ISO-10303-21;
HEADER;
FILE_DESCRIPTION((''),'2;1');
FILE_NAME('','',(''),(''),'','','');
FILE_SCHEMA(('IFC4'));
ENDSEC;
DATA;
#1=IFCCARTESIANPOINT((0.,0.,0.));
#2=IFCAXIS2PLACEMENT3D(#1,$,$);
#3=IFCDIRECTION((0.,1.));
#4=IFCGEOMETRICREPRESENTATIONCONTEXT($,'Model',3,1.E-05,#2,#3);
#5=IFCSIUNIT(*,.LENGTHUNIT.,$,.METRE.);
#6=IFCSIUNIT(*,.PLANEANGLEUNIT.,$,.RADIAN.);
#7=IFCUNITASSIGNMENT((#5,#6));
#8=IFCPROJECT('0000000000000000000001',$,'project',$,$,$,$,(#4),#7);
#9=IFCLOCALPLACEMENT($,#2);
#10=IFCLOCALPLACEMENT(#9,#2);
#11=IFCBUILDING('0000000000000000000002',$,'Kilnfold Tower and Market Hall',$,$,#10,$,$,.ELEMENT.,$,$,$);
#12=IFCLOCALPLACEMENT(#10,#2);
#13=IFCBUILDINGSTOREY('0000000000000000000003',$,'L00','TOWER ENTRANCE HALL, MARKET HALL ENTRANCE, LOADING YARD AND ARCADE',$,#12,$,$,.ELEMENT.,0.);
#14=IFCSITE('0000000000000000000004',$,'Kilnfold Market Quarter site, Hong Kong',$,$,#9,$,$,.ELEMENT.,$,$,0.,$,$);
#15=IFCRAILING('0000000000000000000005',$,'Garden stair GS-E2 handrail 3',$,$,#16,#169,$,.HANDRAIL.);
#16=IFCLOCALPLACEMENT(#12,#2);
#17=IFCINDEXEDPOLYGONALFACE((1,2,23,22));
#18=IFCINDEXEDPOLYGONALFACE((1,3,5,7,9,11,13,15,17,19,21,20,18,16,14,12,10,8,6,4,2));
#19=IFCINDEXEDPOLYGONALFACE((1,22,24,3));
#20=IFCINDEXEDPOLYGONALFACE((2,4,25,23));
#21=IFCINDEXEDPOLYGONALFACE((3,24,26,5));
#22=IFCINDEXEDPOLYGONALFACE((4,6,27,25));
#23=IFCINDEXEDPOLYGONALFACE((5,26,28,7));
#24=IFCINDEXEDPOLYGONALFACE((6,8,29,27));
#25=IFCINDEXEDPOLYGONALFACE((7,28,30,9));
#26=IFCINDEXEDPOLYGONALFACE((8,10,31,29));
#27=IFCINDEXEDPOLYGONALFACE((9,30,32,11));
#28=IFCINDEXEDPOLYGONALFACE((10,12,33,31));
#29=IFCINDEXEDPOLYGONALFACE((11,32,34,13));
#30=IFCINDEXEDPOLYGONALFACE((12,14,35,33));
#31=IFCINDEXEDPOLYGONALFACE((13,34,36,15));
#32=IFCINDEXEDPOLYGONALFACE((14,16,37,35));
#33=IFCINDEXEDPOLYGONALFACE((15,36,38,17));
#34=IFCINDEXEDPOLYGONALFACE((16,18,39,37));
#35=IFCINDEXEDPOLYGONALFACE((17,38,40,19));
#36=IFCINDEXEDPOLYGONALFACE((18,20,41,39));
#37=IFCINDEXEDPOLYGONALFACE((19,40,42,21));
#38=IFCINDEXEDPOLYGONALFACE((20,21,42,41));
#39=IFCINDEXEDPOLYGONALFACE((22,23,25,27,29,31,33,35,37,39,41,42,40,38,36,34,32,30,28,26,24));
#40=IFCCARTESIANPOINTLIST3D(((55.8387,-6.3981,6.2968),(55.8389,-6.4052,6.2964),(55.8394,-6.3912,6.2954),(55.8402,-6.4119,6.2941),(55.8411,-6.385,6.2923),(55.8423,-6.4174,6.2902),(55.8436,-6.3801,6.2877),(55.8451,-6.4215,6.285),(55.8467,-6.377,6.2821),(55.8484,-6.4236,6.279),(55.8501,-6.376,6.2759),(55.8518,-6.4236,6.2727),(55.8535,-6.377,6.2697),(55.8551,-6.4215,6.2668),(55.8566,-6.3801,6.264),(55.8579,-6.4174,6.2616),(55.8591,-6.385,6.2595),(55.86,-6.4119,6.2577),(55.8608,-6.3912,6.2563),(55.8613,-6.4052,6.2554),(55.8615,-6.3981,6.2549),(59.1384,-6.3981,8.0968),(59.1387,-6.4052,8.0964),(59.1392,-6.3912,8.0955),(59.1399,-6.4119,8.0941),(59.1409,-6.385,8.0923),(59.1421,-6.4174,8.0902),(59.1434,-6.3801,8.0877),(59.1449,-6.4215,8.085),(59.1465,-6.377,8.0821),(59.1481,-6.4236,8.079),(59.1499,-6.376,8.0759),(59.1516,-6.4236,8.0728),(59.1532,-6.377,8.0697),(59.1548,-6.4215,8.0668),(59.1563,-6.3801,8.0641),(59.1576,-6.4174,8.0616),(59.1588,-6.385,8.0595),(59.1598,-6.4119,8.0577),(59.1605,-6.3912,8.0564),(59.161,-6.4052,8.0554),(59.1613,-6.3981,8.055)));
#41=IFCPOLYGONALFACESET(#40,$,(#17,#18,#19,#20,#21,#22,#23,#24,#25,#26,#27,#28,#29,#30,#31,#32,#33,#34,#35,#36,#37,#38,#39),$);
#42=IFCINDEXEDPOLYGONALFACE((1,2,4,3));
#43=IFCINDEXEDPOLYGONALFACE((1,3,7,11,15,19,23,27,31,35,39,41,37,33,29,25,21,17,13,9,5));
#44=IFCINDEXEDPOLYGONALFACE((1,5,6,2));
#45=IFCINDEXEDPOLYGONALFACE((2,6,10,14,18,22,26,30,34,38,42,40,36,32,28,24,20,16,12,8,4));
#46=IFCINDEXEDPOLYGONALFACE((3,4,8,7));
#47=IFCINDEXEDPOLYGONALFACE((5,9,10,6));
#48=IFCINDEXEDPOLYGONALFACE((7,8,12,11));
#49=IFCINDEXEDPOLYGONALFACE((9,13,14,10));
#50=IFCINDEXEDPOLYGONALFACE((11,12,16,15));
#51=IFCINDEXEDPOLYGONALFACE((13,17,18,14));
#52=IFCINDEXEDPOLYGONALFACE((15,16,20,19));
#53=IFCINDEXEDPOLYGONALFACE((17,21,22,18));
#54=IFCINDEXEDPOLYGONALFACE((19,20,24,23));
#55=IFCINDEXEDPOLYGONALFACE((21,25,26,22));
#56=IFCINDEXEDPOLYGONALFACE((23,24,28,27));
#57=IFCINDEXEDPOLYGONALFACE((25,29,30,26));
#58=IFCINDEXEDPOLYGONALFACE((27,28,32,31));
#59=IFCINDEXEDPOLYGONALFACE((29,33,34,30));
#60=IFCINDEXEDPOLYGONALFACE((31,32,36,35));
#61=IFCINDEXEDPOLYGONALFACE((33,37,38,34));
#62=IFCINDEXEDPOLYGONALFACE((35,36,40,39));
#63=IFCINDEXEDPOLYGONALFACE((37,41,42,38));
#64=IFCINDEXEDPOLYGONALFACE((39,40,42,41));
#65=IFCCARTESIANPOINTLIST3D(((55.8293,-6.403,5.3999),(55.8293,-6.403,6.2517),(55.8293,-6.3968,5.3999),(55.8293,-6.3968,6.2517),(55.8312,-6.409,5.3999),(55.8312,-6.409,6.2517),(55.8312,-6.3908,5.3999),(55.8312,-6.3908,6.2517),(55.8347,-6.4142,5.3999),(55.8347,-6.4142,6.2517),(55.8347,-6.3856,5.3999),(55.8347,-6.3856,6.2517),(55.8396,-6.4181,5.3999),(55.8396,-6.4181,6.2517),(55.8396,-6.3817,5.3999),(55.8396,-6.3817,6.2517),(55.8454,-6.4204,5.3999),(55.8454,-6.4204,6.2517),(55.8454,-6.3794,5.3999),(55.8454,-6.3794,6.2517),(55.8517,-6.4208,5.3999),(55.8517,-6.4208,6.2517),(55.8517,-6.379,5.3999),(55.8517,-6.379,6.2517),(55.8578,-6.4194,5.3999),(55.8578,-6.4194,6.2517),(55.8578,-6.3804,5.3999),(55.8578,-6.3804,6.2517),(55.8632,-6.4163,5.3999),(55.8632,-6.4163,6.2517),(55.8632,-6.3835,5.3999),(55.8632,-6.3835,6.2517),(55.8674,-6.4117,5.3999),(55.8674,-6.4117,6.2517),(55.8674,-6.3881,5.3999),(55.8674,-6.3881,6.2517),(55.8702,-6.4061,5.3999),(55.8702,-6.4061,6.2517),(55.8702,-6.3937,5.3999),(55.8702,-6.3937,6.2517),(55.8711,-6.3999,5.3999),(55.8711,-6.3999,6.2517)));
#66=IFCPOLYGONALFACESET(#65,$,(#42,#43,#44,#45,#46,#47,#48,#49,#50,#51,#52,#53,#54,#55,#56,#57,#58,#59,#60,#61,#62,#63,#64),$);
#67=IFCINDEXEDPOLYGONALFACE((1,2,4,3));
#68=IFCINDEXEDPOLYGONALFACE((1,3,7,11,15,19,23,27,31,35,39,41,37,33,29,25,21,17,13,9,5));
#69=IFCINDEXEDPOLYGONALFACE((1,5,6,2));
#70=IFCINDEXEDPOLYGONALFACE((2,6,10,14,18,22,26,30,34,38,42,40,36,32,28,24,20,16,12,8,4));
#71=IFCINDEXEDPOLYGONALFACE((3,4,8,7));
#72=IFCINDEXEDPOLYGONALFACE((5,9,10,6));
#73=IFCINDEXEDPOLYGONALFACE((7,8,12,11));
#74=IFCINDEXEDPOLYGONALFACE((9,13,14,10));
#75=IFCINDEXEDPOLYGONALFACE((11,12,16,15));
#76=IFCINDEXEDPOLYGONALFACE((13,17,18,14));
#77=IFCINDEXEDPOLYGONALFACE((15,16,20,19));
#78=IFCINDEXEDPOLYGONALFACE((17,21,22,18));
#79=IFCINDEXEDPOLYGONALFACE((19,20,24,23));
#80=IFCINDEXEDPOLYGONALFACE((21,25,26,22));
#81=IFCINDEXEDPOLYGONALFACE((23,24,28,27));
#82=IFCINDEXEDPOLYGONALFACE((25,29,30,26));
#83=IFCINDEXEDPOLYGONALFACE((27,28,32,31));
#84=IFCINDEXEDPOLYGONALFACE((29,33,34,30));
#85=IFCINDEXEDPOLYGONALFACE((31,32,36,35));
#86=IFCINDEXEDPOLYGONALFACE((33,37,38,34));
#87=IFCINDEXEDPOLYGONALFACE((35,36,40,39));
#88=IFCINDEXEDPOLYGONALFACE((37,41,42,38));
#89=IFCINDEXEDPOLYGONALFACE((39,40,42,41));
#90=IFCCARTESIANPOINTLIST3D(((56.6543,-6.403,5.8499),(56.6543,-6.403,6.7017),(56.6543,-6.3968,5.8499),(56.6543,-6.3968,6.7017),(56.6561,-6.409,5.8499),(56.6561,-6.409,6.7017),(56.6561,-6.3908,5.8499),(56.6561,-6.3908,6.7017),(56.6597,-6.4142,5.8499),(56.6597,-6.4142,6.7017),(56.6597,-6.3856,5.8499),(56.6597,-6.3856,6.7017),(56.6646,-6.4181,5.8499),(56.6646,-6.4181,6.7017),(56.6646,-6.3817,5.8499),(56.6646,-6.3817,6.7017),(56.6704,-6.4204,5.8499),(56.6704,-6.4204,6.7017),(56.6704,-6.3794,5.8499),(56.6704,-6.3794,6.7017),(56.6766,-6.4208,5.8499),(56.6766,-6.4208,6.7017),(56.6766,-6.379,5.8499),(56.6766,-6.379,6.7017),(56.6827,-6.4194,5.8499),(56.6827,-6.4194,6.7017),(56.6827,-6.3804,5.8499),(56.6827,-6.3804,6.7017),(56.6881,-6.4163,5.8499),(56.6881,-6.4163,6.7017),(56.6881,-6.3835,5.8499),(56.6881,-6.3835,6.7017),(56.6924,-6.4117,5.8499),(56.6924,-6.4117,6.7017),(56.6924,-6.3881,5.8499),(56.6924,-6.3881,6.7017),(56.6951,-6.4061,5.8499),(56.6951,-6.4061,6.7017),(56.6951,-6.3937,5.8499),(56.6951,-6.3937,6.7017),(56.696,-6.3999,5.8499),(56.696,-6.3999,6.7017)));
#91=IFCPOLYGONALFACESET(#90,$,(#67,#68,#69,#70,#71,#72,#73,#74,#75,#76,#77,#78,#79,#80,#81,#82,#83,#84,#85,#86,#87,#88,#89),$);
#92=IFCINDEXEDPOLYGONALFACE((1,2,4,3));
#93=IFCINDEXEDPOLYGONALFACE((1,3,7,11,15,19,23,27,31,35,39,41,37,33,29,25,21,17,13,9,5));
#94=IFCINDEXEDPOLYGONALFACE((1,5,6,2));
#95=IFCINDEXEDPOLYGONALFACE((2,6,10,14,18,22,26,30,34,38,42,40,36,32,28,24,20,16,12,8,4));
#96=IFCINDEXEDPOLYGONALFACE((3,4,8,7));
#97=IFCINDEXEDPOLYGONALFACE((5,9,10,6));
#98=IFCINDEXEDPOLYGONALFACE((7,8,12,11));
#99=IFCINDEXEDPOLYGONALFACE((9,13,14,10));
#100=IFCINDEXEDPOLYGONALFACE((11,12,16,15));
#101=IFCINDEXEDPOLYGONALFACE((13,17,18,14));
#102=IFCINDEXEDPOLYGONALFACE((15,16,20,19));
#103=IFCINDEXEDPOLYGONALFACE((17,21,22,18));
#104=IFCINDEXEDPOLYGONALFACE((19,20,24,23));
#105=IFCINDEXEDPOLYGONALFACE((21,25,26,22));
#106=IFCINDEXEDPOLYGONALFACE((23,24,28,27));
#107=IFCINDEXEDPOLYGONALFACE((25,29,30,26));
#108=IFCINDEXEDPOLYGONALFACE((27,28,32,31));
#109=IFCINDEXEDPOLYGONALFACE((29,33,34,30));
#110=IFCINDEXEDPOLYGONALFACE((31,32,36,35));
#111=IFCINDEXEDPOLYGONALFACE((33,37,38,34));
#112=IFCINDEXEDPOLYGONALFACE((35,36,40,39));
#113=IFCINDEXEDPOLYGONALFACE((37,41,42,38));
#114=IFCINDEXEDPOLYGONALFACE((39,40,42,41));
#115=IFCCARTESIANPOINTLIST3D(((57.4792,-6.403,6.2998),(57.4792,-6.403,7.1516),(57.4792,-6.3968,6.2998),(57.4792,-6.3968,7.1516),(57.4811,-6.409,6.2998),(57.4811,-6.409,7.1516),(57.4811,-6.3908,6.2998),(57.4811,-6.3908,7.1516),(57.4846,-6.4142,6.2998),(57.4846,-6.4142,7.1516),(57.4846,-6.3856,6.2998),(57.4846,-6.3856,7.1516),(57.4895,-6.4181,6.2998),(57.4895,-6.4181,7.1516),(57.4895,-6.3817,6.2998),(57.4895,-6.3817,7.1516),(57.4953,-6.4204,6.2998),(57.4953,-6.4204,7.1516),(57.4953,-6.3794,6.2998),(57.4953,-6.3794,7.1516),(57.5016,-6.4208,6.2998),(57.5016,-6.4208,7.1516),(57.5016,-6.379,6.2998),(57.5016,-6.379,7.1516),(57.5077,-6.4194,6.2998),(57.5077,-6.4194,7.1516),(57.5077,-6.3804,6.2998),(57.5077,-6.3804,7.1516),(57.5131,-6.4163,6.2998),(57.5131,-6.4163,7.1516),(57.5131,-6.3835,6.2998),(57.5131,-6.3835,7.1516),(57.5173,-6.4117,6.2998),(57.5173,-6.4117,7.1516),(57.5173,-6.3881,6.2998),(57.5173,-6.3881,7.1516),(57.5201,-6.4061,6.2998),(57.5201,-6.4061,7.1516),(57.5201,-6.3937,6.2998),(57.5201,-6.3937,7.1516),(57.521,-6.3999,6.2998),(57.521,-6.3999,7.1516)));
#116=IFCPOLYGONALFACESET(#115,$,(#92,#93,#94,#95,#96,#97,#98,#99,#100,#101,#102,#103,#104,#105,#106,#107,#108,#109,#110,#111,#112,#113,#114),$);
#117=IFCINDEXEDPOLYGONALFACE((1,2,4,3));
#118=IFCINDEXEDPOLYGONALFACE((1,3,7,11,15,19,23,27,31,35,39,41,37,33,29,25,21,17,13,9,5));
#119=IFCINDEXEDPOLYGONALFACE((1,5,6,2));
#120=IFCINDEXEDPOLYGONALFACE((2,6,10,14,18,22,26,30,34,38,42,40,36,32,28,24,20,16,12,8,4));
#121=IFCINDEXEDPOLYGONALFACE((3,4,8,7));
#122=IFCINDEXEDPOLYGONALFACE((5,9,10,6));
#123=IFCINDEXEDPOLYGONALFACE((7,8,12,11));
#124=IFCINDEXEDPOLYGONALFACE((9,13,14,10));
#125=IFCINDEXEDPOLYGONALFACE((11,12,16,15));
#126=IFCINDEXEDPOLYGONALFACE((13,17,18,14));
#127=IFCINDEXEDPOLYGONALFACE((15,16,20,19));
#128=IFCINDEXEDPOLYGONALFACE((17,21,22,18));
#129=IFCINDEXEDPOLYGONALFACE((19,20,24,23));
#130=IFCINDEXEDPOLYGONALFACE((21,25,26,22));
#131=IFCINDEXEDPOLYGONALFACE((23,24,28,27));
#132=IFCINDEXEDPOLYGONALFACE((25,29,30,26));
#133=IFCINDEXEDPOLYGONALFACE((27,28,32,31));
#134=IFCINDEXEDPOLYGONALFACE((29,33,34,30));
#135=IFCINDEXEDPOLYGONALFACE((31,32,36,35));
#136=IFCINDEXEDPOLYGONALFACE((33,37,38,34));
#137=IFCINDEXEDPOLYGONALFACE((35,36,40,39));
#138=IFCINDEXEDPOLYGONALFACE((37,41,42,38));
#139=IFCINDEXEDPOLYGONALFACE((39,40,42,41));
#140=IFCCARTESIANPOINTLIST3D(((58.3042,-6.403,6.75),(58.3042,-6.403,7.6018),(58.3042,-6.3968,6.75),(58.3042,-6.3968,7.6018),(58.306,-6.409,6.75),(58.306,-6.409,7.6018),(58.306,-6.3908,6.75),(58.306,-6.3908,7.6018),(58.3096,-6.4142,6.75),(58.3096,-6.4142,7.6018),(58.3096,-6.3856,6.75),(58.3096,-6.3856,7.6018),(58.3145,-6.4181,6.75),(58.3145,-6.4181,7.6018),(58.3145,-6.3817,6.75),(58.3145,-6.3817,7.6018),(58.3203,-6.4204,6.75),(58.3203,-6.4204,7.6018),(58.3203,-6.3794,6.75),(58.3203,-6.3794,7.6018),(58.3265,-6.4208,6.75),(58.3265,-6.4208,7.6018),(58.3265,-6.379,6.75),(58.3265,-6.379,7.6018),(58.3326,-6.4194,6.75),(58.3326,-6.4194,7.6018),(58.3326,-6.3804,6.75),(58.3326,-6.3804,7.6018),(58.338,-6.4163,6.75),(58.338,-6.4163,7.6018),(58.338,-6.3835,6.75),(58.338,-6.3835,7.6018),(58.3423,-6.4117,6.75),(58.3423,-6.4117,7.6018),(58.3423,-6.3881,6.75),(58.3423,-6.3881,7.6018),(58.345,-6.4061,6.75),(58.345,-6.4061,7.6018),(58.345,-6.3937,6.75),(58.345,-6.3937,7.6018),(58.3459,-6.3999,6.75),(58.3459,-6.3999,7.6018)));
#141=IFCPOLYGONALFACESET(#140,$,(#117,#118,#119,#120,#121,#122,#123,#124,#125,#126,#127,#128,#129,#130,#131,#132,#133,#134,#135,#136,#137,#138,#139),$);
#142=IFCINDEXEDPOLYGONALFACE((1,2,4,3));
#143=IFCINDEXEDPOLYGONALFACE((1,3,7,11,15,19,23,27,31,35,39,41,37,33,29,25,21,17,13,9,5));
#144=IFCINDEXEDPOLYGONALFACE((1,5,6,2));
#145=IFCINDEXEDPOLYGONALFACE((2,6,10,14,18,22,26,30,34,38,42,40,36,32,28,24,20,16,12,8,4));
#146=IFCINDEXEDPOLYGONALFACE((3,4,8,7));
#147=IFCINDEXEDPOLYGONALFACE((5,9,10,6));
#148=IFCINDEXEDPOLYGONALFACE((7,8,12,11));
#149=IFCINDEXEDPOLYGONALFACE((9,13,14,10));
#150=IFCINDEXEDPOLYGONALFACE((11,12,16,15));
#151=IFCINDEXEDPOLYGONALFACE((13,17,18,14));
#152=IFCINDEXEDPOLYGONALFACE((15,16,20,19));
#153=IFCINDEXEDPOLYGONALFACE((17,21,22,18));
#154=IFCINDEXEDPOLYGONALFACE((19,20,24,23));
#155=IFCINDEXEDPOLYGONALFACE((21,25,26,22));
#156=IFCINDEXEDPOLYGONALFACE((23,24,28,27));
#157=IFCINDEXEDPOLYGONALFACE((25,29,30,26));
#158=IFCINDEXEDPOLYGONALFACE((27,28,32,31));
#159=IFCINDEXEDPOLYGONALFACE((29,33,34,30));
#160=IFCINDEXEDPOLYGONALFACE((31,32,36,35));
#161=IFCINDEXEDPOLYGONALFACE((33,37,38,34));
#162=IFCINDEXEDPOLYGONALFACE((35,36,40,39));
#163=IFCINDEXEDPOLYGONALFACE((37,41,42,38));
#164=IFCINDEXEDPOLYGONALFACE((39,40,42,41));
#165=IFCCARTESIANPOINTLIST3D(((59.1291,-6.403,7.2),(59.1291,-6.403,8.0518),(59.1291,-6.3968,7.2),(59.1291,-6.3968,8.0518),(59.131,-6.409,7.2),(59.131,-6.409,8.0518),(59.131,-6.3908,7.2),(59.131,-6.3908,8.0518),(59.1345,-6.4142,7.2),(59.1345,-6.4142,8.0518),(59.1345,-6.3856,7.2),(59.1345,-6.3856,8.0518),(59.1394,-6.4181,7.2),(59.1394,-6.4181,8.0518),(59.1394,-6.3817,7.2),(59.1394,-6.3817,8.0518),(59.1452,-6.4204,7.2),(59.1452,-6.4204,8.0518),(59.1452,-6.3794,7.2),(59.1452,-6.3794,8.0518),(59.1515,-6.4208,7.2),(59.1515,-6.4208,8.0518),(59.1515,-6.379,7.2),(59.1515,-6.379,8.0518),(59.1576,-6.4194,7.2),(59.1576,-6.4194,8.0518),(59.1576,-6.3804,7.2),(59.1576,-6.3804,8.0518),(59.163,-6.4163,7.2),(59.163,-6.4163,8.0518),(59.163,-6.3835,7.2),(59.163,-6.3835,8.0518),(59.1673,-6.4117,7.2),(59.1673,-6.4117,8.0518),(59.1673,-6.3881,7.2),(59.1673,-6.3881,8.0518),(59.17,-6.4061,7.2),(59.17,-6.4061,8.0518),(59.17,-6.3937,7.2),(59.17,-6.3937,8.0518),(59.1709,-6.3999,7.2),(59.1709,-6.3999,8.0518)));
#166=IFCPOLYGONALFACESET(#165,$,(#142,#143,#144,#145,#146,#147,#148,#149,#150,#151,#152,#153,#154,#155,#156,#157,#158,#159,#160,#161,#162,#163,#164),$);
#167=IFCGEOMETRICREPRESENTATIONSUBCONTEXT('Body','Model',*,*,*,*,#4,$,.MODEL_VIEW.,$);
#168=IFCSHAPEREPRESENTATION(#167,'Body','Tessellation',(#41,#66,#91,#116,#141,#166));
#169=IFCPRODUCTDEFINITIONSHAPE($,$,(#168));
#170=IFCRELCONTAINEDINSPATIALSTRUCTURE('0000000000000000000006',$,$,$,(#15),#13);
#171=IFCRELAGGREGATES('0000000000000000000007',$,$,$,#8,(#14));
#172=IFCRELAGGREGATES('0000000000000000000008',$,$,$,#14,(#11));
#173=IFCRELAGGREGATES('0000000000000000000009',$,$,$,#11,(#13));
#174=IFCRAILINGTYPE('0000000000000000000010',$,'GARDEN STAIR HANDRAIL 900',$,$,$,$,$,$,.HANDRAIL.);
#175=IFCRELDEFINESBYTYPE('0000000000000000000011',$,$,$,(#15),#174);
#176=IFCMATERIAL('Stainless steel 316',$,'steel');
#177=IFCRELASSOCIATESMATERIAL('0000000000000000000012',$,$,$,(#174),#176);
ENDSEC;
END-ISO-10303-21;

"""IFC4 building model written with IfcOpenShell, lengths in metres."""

from ifc_helpers import new_model, si_unit, direction, frame, origin, origin_2d, place, context, subcontext, project, spatial, circle, extrude, material, type_object, element, save


model = new_model("IFC4")

# Units and contexts
model_context = context("Model", 3, precision=1e-05, world=origin(), true_north=direction((0.0, 1.0)))
body_context = subcontext(model_context, "Body", "Model", "MODEL_VIEW")
ifc_project = project(units=[si_unit("LENGTHUNIT", "METRE"), si_unit("PLANEANGLEUNIT", "RADIAN")], contexts=[model_context])

# Site, building, storey
site_placement = place(None, origin())
site = spatial("IfcSite", under=ifc_project, at=site_placement, Name="Kilnfold Market Quarter site, Hong Kong", CompositionType="ELEMENT", RefElevation=0.0)
building_placement = place(site_placement, origin())
building = spatial("IfcBuilding", under=site, at=building_placement, Name="Kilnfold Tower and Market Hall", CompositionType="ELEMENT")
storey_placement = place(building_placement, origin())
storey = spatial("IfcBuildingStorey", under=building, at=storey_placement, Name="L00", Description="TOWER ENTRANCE HALL, MARKET HALL ENTRANCE, LOADING YARD AND ARCADE", CompositionType="ELEMENT", Elevation=0.0)

# Railing
ifc_material_1 = material(Name="Stainless steel 316", Category="steel")
railing_type_1 = type_object("IfcRailingType", Name="GARDEN STAIR HANDRAIL 900", PredefinedType="HANDRAIL", material=ifc_material_1)
railing_1_placement = place(storey_placement, frame((55.8501, -6.3999, 5.3999)))
element("IfcRailing", 1, at=railing_1_placement, inside=storey, type_object=railing_type_1, Name="Garden stair GS-E2 handrail 3", PredefinedType="HANDRAIL", context=body_context, shape_type="SweptSolid", body=[
    extrude(circle(Radius=0.0239, at=origin_2d()), frame((0.0, 0.0, 0.876), z_axis=(0.877878, 0.0, 0.478884), x_axis=(0.0, 1.0, 0.0)), (0.0, 0.0, 1.0), 3.7588),
    extrude(circle(Radius=0.021, at=origin_2d()), origin(), (0.0, 0.0, 1.0), 0.8518),
    extrude(circle(Radius=0.021, at=origin_2d()), frame((0.825, 0.0, 0.45)), (0.0, 0.0, 1.0), 0.8518),
    extrude(circle(Radius=0.021, at=origin_2d()), frame((1.6499, 0.0, 0.8999)), (0.0, 0.0, 1.0), 0.8518),
    extrude(circle(Radius=0.021, at=origin_2d()), frame((2.4749, 0.0, 1.3501)), (0.0, 0.0, 1.0), 0.8518),
    extrude(circle(Radius=0.021, at=origin_2d()), frame((3.2998, 0.0, 1.8)), (0.0, 0.0, 1.0), 0.8518),
])

save(model, "model.ifc")
